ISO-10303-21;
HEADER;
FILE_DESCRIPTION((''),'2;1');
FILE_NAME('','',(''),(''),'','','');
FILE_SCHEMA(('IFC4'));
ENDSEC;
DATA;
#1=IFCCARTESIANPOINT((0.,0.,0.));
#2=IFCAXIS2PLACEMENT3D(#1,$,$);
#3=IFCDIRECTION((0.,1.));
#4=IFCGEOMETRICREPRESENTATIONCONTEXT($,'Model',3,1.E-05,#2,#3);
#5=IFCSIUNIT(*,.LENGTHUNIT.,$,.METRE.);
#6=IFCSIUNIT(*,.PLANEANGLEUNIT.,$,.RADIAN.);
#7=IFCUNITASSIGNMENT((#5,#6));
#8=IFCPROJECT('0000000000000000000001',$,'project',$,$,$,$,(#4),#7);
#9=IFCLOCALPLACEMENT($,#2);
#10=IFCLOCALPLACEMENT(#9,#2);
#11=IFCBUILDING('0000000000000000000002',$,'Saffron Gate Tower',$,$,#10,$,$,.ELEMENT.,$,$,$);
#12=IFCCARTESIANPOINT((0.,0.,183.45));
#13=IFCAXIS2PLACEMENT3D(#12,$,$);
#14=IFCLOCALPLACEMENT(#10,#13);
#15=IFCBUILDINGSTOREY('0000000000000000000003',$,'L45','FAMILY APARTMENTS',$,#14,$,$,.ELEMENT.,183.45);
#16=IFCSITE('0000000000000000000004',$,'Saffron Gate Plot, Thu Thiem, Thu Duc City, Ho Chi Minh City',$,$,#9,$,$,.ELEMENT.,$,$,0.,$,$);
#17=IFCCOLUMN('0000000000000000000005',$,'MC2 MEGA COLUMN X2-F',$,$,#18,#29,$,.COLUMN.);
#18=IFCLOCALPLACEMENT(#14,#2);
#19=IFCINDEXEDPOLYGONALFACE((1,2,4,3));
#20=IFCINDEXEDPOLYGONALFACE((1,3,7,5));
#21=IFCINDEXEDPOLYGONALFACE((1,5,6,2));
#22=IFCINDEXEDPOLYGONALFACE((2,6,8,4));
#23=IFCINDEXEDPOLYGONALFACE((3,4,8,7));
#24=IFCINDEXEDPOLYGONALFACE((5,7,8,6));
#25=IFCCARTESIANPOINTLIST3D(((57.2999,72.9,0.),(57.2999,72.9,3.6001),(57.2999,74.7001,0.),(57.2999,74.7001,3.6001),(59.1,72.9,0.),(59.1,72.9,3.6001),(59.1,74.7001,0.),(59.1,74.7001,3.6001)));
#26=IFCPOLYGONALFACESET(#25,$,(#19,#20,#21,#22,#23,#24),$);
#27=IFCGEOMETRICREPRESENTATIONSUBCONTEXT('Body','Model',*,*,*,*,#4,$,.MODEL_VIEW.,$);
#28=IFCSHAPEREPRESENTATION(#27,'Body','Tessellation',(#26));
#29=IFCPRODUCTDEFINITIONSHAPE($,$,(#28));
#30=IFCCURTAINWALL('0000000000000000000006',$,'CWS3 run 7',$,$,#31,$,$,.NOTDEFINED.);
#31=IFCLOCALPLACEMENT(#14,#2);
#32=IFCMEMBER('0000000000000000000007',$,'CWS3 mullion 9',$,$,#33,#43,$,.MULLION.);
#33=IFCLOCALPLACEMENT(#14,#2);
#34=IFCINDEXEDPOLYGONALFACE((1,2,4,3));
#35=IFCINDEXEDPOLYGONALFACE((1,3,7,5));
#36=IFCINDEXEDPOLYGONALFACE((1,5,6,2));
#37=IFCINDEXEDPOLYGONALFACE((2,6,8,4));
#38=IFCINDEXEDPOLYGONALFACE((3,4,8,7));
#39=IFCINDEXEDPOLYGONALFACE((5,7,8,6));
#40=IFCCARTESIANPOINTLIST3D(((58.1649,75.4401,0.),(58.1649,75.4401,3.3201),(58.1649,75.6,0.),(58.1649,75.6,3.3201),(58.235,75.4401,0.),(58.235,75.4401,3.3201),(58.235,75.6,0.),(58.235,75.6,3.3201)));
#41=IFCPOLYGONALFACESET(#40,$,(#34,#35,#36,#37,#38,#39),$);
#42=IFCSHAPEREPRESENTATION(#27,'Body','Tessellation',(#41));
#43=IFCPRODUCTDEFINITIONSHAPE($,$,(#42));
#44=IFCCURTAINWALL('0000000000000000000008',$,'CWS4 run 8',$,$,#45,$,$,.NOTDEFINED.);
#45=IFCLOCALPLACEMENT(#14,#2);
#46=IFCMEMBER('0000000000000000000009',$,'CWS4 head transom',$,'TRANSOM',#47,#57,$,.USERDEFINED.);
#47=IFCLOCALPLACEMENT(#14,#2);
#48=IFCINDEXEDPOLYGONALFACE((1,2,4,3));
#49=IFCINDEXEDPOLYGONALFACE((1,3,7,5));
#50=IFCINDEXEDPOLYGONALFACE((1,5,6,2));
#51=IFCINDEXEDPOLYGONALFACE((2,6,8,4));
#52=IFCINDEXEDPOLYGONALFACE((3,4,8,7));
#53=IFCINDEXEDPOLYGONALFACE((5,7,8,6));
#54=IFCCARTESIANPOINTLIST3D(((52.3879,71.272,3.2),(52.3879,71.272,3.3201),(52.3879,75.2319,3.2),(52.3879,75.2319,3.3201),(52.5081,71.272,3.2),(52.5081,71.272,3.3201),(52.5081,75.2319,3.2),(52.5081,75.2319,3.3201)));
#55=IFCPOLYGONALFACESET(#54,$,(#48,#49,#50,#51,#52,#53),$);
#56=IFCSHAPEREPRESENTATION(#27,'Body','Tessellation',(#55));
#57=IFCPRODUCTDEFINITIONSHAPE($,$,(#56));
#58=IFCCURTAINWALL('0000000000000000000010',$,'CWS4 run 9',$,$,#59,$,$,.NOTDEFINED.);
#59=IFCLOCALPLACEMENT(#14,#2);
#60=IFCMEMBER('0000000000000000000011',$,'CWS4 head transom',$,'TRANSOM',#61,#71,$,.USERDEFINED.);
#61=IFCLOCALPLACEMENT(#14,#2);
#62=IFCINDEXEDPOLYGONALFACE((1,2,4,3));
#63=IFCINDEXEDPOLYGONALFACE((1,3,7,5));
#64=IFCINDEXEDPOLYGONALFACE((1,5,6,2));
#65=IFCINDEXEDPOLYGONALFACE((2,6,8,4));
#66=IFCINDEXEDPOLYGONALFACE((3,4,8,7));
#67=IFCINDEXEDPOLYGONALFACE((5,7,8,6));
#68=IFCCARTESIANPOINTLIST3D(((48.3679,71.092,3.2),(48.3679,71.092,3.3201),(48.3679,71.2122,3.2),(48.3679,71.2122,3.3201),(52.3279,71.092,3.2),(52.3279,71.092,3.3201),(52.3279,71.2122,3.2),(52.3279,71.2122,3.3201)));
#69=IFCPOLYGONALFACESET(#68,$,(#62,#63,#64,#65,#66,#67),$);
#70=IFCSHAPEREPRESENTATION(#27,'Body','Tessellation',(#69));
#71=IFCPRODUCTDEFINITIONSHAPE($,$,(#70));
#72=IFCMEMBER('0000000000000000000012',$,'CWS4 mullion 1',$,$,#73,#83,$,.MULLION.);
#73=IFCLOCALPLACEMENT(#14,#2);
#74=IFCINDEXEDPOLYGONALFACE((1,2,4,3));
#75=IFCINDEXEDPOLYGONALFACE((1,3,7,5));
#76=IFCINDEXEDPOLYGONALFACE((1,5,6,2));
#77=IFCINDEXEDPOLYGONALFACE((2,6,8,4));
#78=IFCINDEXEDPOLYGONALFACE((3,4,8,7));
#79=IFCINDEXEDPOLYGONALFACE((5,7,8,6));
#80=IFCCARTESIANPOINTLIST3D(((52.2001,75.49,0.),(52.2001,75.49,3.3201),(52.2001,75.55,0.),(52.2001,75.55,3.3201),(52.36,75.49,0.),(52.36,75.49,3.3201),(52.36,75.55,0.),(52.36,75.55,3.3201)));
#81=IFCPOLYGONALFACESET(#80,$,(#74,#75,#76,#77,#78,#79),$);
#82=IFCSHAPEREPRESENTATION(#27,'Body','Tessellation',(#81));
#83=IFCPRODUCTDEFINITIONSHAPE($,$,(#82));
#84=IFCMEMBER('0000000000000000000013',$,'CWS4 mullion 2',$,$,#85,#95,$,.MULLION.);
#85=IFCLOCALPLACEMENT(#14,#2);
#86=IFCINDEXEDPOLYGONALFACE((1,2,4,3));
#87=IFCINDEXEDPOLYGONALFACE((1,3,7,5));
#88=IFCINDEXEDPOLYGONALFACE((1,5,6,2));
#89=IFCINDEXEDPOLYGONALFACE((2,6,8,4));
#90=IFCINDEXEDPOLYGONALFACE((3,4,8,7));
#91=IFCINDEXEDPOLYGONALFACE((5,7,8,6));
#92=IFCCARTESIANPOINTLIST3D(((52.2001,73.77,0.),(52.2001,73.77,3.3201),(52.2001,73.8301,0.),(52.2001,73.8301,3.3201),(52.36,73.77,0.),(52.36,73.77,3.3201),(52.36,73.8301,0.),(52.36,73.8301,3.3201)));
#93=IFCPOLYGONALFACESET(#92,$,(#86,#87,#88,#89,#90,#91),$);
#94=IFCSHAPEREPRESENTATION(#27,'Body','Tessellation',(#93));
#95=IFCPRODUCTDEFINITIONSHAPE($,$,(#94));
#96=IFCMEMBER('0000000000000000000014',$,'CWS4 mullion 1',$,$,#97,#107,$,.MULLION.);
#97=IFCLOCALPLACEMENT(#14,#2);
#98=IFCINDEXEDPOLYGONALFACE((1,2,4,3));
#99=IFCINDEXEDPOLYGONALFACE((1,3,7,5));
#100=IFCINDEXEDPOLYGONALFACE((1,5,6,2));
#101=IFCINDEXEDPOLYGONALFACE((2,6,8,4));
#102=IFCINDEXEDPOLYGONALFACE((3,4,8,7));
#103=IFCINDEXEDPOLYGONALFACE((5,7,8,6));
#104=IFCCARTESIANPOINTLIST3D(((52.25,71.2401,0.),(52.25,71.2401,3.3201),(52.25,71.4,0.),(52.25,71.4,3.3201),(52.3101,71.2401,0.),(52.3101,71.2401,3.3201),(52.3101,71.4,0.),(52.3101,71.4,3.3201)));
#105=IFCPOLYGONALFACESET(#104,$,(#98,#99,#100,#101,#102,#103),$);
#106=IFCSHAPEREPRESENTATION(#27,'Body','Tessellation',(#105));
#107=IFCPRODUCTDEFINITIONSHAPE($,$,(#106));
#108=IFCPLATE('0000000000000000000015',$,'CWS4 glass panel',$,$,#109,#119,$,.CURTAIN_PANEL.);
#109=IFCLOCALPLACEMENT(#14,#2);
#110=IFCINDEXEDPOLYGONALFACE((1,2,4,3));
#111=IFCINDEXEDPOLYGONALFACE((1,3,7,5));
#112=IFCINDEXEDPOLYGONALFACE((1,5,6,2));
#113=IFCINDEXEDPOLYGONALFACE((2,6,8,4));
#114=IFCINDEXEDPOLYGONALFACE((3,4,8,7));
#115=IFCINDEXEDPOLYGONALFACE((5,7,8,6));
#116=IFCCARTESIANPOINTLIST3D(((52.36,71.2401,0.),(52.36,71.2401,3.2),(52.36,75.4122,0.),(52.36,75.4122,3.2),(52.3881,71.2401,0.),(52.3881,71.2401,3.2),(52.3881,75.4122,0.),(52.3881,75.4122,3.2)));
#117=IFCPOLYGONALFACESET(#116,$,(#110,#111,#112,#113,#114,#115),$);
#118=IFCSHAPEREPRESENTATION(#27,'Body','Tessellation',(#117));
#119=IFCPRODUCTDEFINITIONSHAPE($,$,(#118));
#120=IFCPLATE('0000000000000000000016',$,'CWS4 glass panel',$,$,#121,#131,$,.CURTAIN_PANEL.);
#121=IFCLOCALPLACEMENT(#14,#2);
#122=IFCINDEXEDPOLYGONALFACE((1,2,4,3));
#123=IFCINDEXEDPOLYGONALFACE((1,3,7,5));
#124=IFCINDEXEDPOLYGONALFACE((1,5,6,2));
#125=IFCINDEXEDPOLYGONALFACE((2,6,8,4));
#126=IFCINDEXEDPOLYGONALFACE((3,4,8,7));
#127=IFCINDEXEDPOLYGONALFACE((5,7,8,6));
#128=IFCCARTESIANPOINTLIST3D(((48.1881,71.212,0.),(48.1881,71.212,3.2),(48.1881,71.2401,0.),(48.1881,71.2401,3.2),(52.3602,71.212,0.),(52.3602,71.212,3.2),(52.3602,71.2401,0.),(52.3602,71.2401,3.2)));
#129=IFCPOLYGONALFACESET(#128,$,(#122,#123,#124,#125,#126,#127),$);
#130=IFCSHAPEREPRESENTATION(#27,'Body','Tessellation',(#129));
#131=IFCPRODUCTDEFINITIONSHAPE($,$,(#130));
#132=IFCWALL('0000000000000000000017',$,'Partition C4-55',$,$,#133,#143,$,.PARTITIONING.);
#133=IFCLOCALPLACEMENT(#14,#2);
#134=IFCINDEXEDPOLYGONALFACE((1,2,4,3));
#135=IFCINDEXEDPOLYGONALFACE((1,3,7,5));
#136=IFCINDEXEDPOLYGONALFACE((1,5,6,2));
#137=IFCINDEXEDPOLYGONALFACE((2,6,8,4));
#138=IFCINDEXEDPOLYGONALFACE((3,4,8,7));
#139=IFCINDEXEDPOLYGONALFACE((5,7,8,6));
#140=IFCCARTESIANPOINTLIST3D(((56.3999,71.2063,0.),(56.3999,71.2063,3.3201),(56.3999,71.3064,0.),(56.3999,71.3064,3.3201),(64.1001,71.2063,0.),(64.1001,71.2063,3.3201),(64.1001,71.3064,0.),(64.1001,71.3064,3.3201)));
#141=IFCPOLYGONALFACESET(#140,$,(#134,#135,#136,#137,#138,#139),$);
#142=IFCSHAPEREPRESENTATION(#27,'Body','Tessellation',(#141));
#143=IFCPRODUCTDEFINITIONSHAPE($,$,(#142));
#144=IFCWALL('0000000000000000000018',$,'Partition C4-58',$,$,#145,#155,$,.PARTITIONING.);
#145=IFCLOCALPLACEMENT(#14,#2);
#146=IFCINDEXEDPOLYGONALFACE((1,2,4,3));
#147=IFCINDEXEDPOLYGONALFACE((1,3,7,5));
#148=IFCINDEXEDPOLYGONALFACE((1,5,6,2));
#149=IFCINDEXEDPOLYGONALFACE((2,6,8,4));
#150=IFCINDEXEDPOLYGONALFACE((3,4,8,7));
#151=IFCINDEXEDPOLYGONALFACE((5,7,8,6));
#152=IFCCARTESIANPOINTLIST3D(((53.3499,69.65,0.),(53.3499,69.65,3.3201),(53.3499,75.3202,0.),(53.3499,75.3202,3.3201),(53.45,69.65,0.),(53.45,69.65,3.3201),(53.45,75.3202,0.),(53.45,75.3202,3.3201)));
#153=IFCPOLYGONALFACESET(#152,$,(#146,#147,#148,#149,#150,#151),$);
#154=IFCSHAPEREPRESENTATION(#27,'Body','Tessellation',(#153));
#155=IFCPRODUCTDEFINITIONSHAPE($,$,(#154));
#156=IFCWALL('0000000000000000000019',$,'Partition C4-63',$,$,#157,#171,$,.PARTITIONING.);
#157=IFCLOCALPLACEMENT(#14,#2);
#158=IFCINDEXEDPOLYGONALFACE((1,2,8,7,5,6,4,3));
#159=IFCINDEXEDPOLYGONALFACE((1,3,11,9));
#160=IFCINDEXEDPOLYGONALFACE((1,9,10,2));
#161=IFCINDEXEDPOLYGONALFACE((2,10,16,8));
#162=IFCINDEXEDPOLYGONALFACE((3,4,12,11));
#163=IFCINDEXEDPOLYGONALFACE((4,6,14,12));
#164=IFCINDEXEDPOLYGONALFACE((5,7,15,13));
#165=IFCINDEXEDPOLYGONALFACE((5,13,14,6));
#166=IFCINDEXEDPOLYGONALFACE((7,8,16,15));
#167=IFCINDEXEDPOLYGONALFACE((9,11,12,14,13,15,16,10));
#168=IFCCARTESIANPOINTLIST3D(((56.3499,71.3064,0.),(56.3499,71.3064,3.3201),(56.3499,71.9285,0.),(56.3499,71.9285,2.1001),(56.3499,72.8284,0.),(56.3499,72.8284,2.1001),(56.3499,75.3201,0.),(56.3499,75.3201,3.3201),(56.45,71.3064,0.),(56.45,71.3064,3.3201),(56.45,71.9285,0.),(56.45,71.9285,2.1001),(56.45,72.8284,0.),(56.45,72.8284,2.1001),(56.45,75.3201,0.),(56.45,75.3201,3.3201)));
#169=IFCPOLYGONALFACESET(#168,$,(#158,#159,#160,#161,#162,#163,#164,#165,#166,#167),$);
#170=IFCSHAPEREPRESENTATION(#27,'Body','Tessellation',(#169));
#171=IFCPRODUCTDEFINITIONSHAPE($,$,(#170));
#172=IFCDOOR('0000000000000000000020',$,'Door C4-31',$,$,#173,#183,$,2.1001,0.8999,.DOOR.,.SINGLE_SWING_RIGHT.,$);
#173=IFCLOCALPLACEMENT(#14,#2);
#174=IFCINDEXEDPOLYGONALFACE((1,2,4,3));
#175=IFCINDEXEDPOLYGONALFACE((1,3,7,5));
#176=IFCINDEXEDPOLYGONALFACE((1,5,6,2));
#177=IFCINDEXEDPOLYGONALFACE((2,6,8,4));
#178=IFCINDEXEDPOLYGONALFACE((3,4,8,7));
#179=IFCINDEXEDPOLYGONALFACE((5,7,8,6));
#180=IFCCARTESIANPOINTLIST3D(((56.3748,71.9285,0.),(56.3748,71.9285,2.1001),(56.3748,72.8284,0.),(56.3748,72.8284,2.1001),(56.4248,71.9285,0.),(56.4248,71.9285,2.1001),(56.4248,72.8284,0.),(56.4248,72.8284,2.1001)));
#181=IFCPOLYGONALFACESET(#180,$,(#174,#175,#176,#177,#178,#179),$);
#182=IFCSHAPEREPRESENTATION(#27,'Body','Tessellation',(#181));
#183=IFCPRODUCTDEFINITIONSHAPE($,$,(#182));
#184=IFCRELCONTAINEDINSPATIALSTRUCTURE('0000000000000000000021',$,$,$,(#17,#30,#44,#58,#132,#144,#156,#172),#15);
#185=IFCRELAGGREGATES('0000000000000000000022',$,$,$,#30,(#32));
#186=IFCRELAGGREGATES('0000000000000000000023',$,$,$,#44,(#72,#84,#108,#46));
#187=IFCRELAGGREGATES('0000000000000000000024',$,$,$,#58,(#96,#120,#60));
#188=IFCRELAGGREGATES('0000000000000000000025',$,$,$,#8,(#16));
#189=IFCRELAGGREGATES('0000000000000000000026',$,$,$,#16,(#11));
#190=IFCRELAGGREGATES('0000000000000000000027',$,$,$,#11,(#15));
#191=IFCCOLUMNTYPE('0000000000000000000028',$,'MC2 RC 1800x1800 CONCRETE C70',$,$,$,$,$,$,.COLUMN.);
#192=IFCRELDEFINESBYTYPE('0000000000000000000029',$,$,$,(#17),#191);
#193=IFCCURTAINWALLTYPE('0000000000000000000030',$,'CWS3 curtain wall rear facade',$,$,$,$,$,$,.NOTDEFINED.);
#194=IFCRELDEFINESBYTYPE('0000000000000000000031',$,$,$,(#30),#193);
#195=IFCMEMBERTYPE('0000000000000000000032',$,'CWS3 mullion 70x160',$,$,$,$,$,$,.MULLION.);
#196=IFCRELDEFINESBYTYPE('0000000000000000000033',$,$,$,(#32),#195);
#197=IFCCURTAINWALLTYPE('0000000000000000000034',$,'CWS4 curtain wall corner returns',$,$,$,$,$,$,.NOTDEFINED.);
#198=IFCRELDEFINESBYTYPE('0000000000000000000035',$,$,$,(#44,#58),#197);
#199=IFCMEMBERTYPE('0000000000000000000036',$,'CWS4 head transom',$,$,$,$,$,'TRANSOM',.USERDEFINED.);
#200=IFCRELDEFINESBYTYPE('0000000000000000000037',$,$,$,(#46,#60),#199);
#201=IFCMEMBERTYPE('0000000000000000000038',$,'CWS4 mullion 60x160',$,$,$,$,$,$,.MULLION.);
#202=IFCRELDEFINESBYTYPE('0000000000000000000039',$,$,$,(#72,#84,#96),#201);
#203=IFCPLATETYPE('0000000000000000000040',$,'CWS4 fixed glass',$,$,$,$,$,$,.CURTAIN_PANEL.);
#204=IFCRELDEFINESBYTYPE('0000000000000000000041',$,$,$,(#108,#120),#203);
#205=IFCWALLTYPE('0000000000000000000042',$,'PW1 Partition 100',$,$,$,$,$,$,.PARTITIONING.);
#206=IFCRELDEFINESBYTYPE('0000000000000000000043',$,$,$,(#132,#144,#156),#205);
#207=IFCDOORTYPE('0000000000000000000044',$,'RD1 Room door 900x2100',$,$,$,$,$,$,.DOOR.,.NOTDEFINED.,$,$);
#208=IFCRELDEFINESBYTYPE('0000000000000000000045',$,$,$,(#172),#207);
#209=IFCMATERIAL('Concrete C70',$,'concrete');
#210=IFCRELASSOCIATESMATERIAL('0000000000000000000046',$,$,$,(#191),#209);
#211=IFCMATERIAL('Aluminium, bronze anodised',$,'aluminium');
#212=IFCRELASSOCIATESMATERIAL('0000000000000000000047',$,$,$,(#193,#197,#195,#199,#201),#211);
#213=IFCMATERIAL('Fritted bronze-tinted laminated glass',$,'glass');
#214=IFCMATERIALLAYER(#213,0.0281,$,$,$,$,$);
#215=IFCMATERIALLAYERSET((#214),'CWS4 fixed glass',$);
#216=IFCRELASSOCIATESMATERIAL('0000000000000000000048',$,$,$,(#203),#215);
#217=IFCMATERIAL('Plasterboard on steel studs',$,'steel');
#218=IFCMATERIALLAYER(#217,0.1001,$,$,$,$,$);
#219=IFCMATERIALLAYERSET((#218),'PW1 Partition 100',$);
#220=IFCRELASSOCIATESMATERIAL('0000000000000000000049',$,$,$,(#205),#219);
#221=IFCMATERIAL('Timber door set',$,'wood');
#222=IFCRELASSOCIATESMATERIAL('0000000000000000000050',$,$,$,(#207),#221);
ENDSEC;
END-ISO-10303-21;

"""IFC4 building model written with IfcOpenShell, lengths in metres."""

from ifc_helpers import new_model, si_unit, direction, frame, frame_2d, origin, origin_2d, place, context, subcontext, project, spatial, rectangle, extrude, material, layer, layer_set, material_profile, profile_set, type_object, element, fill, aggregate, save


model = new_model("IFC4")

# Units and contexts
model_context = context("Model", 3, precision=1e-05, world=origin(), true_north=direction((0.0, 1.0)))
body_context = subcontext(model_context, "Body", "Model", "MODEL_VIEW")
ifc_project = project(units=[si_unit("LENGTHUNIT", "METRE"), si_unit("PLANEANGLEUNIT", "RADIAN")], contexts=[model_context])

# Site, building, storey
site_placement = place(None, origin())
site = spatial("IfcSite", under=ifc_project, at=site_placement, Name="Saffron Gate Plot, Thu Thiem, Thu Duc City, Ho Chi Minh City", CompositionType="ELEMENT", RefElevation=0.0)
building_placement = place(site_placement, origin())
building = spatial("IfcBuilding", under=site, at=building_placement, Name="Saffron Gate Tower", CompositionType="ELEMENT")
storey_placement = place(building_placement, frame((0.0, 0.0, 183.45)))
storey = spatial("IfcBuildingStorey", under=building, at=storey_placement, Name="L45", Description="FAMILY APARTMENTS", CompositionType="ELEMENT", Elevation=183.45)

# Column
ifc_material_1 = material(Name="Concrete C70", Category="concrete")
ifc_material_profile_1 = material_profile(ifc_material_1, rectangle(XDim=1.8, YDim=1.8, at=origin_2d()))
ifc_profile_set_1 = profile_set([ifc_material_profile_1], Name="Concrete C70")
column_type = type_object("IfcColumnType", Name="MC2 RC 1800x1800 CONCRETE C70", PredefinedType="COLUMN", material=ifc_profile_set_1)
column_placement = place(storey_placement, frame((58.2, 73.8, 0.0), z_axis=(0.0, 0.0, 1.0), x_axis=(1.0, 0.0, 0.0)))
element("IfcColumn", 1, at=column_placement, inside=storey, type_object=column_type, Name="MC2 MEGA COLUMN X2-F", PredefinedType="COLUMN", context=body_context, shape_type="SweptSolid", body=[
    extrude(rectangle(XDim=1.8, YDim=1.8, at=origin_2d()), origin(), (0.0, 0.0, 1.0), 3.6001),
])

# Curtain walls, members
ifc_material_2 = material(Name="Aluminium, bronze anodised", Category="aluminium")
curtain_wall_type_1 = type_object("IfcCurtainWallType", Name="CWS3 curtain wall rear facade", PredefinedType="NOTDEFINED", material=ifc_material_2)
curtain_wall_1_placement = place(storey_placement, origin())
curtain_wall_1 = element("IfcCurtainWall", 2, at=curtain_wall_1_placement, inside=storey, type_object=curtain_wall_type_1, Name="CWS3 run 7", PredefinedType="NOTDEFINED")
ifc_material_profile_2 = material_profile(ifc_material_2, rectangle(XDim=0.1599, YDim=0.0701, at=origin_2d()))
ifc_profile_set_2 = profile_set([ifc_material_profile_2], Name="Aluminium, bronze anodised")
member_type_1 = type_object("IfcMemberType", Name="CWS3 mullion 70x160", PredefinedType="MULLION", material=ifc_profile_set_2)
member_1_placement = place(storey_placement, frame((58.2, 75.52, 0.0), z_axis=(0.0, 0.0, 1.0), x_axis=(0.0, -1.0, 0.0)))
member_1 = element("IfcMember", 3, at=member_1_placement, type_object=member_type_1, Name="CWS3 mullion 9", PredefinedType="MULLION", context=body_context, shape_type="SweptSolid", body=[
    extrude(rectangle(XDim=0.1599, YDim=0.0701, at=origin_2d()), origin(), (0.0, 0.0, 1.0), 3.3201),
])
aggregate(curtain_wall_1, [member_1])
curtain_wall_type_2 = type_object("IfcCurtainWallType", Name="CWS4 curtain wall corner returns", PredefinedType="NOTDEFINED", material=ifc_material_2)
curtain_wall_2_placement = place(storey_placement, origin())
curtain_wall_2 = element("IfcCurtainWall", 4, at=curtain_wall_2_placement, inside=storey, type_object=curtain_wall_type_2, Name="CWS4 run 8", PredefinedType="NOTDEFINED")
ifc_material_profile_3 = material_profile(ifc_material_2, rectangle(XDim=0.1201, YDim=0.1201, at=origin_2d()))
ifc_profile_set_3 = profile_set([ifc_material_profile_3], Name="Aluminium, bronze anodised")
member_type_2 = type_object("IfcMemberType", Name="CWS4 head transom", ElementType="TRANSOM", PredefinedType="USERDEFINED", material=ifc_profile_set_3)
member_2_placement = place(storey_placement, frame((52.448, 75.2319, 3.26), z_axis=(0.0, -1.0, 0.0), x_axis=(1.0, 0.0, 0.0)))
member_2 = element("IfcMember", 5, at=member_2_placement, type_object=member_type_2, Name="CWS4 head transom", ObjectType="TRANSOM", PredefinedType="USERDEFINED", context=body_context, shape_type="SweptSolid", body=[
    extrude(rectangle(XDim=0.1201, YDim=0.1201, at=origin_2d()), origin(), (0.0, 0.0, 1.0), 3.96),
])
curtain_wall_3_placement = place(storey_placement, origin())
curtain_wall_3 = element("IfcCurtainWall", 6, at=curtain_wall_3_placement, inside=storey, type_object=curtain_wall_type_2, Name="CWS4 run 9", PredefinedType="NOTDEFINED")
member_3_placement = place(storey_placement, frame((52.3279, 71.1521, 3.26), z_axis=(-1.0, 0.0, 0.0), x_axis=(0.0, -1.0, 0.0)))
member_3 = element("IfcMember", 7, at=member_3_placement, type_object=member_type_2, Name="CWS4 head transom", ObjectType="TRANSOM", PredefinedType="USERDEFINED", context=body_context, shape_type="SweptSolid", body=[
    extrude(rectangle(XDim=0.1201, YDim=0.1201, at=origin_2d()), origin(), (0.0, 0.0, 1.0), 3.96),
])

# Members
ifc_material_profile_4 = material_profile(ifc_material_2, rectangle(XDim=0.1599, YDim=0.0601, at=origin_2d()))
ifc_profile_set_4 = profile_set([ifc_material_profile_4], Name="Aluminium, bronze anodised")
member_type_3 = type_object("IfcMemberType", Name="CWS4 mullion 60x160", PredefinedType="MULLION", material=ifc_profile_set_4)
member_4_placement = place(storey_placement, frame((52.28, 75.52, 0.0), z_axis=(0.0, 0.0, 1.0), x_axis=(1.0, 0.0, 0.0)))
member_4 = element("IfcMember", 8, at=member_4_placement, type_object=member_type_3, Name="CWS4 mullion 1", PredefinedType="MULLION", context=body_context, shape_type="SweptSolid", body=[
    extrude(rectangle(XDim=0.1599, YDim=0.0601, at=origin_2d()), origin(), (0.0, 0.0, 1.0), 3.3201),
])
member_5_placement = place(storey_placement, frame((52.28, 73.8, 0.0), z_axis=(0.0, 0.0, 1.0), x_axis=(1.0, 0.0, 0.0)))
member_5 = element("IfcMember", 9, at=member_5_placement, type_object=member_type_3, Name="CWS4 mullion 2", PredefinedType="MULLION", context=body_context, shape_type="SweptSolid", body=[
    extrude(rectangle(XDim=0.1599, YDim=0.0601, at=origin_2d()), origin(), (0.0, 0.0, 1.0), 3.3201),
])
member_6_placement = place(storey_placement, frame((52.28, 71.3201, 0.0), z_axis=(0.0, 0.0, 1.0), x_axis=(0.0, -1.0, 0.0)))
member_6 = element("IfcMember", 10, at=member_6_placement, type_object=member_type_3, Name="CWS4 mullion 1", PredefinedType="MULLION", context=body_context, shape_type="SweptSolid", body=[
    extrude(rectangle(XDim=0.1599, YDim=0.0601, at=origin_2d()), origin(), (0.0, 0.0, 1.0), 3.3201),
])

# Plates
ifc_material_3 = material(Name="Fritted bronze-tinted laminated glass", Category="glass")
ifc_layer_1 = layer(ifc_material_3, 0.0281)
ifc_layer_set_1 = layer_set([ifc_layer_1], Name="CWS4 fixed glass")
plate_type = type_object("IfcPlateType", Name="CWS4 fixed glass", PredefinedType="CURTAIN_PANEL", material=ifc_layer_set_1)
plate_1_placement = place(storey_placement, frame((52.374, 75.4121, 0.0), z_axis=(0.0, 0.0, 1.0), x_axis=(0.0, -1.0, 0.0)))
plate_1 = element("IfcPlate", 11, at=plate_1_placement, type_object=plate_type, Name="CWS4 glass panel", PredefinedType="CURTAIN_PANEL", context=body_context, shape_type="SweptSolid", body=[
    extrude(rectangle(XDim=4.1721, YDim=0.0281, at=frame_2d((2.0859, 0.0))), origin(), (0.0, 0.0, 1.0), 3.2),
])
aggregate(curtain_wall_2, [member_4, member_5, plate_1, member_2])
plate_2_placement = place(storey_placement, frame((52.3601, 71.2261, 0.0), z_axis=(0.0, 0.0, 1.0), x_axis=(-1.0, 0.0, 0.0)))
plate_2 = element("IfcPlate", 12, at=plate_2_placement, type_object=plate_type, Name="CWS4 glass panel", PredefinedType="CURTAIN_PANEL", context=body_context, shape_type="SweptSolid", body=[
    extrude(rectangle(XDim=4.1721, YDim=0.0281, at=frame_2d((2.0859, 0.0))), origin(), (0.0, 0.0, 1.0), 3.2),
])
aggregate(curtain_wall_3, [member_6, plate_2, member_3])

# Walls
ifc_material_4 = material(Name="Plasterboard on steel studs", Category="steel")
ifc_layer_2 = layer(ifc_material_4, 0.1001)
ifc_layer_set_2 = layer_set([ifc_layer_2], Name="PW1 Partition 100")
wall_type = type_object("IfcWallType", Name="PW1 Partition 100", PredefinedType="PARTITIONING", material=ifc_layer_set_2)
wall_1_placement = place(storey_placement, frame((56.3999, 71.2563, 0.0), z_axis=(0.0, 0.0, 1.0), x_axis=(1.0, 0.0, 0.0)))
element("IfcWall", 13, at=wall_1_placement, inside=storey, type_object=wall_type, Name="Partition C4-55", PredefinedType="PARTITIONING", context=body_context, shape_type="SweptSolid", body=[
    extrude(rectangle(XDim=7.7002, YDim=0.1001, at=frame_2d((3.8501, 0.0))), origin(), (0.0, 0.0, 1.0), 3.3201),
])
wall_2_placement = place(storey_placement, frame((53.3999, 75.3201, 0.0), z_axis=(0.0, 0.0, 1.0), x_axis=(0.0, -1.0, 0.0)))
element("IfcWall", 14, at=wall_2_placement, inside=storey, type_object=wall_type, Name="Partition C4-58", PredefinedType="PARTITIONING", context=body_context, shape_type="SweptSolid", body=[
    extrude(rectangle(XDim=5.6702, YDim=0.1001, at=frame_2d((2.835, 0.0))), origin(), (0.0, 0.0, 1.0), 3.3201),
])

# Wall, opening, door
wall_3_placement = place(storey_placement, frame((56.3999, 75.3201, 0.0), z_axis=(0.0, 0.0, 1.0), x_axis=(0.0, -1.0, 0.0)))
wall_3 = element("IfcWall", 15, at=wall_3_placement, inside=storey, type_object=wall_type, Name="Partition C4-63", PredefinedType="PARTITIONING", context=body_context, shape_type="SweptSolid", body=[
    extrude(rectangle(XDim=4.0137, YDim=0.1001, at=frame_2d((2.0068, 0.0))), origin(), (0.0, 0.0, 1.0), 3.3201),
])
opening_placement = place(wall_3_placement, frame((2.4917, 0.0, 0.0)))
opening = element("IfcOpeningElement", 16, at=opening_placement, cuts=wall_3, PredefinedType="OPENING", context=body_context, shape_type="SweptSolid", body=[
    extrude(rectangle(XDim=0.8999, YDim=2.1001, at=frame_2d((0.45, 1.05))), frame((0.0, 0.0601, 0.0), z_axis=(0.0, -1.0, 0.0), x_axis=(1.0, 0.0, 0.0)), (0.0, 0.0, 1.0), 0.1201),
])
ifc_material_5 = material(Name="Timber door set", Category="wood")
door_type = type_object("IfcDoorType", Name="RD1 Room door 900x2100", OperationType="NOTDEFINED", PredefinedType="DOOR", material=ifc_material_5)
door_placement = place(opening_placement, origin())
door = element("IfcDoor", 17, at=door_placement, inside=storey, type_object=door_type, Name="Door C4-31", OperationType="SINGLE_SWING_RIGHT", OverallHeight=2.1001, OverallWidth=0.8999, PredefinedType="DOOR", context=body_context, shape_type="SweptSolid", body=[
    extrude(rectangle(XDim=0.8999, YDim=2.1001, at=frame_2d((0.45, 1.05))), frame((0.0, 0.0249, 0.0), z_axis=(0.0, -1.0, 0.0), x_axis=(1.0, 0.0, 0.0)), (0.0, 0.0, 1.0), 0.05),
])
fill(opening, door)

save(model, "model.ifc")
